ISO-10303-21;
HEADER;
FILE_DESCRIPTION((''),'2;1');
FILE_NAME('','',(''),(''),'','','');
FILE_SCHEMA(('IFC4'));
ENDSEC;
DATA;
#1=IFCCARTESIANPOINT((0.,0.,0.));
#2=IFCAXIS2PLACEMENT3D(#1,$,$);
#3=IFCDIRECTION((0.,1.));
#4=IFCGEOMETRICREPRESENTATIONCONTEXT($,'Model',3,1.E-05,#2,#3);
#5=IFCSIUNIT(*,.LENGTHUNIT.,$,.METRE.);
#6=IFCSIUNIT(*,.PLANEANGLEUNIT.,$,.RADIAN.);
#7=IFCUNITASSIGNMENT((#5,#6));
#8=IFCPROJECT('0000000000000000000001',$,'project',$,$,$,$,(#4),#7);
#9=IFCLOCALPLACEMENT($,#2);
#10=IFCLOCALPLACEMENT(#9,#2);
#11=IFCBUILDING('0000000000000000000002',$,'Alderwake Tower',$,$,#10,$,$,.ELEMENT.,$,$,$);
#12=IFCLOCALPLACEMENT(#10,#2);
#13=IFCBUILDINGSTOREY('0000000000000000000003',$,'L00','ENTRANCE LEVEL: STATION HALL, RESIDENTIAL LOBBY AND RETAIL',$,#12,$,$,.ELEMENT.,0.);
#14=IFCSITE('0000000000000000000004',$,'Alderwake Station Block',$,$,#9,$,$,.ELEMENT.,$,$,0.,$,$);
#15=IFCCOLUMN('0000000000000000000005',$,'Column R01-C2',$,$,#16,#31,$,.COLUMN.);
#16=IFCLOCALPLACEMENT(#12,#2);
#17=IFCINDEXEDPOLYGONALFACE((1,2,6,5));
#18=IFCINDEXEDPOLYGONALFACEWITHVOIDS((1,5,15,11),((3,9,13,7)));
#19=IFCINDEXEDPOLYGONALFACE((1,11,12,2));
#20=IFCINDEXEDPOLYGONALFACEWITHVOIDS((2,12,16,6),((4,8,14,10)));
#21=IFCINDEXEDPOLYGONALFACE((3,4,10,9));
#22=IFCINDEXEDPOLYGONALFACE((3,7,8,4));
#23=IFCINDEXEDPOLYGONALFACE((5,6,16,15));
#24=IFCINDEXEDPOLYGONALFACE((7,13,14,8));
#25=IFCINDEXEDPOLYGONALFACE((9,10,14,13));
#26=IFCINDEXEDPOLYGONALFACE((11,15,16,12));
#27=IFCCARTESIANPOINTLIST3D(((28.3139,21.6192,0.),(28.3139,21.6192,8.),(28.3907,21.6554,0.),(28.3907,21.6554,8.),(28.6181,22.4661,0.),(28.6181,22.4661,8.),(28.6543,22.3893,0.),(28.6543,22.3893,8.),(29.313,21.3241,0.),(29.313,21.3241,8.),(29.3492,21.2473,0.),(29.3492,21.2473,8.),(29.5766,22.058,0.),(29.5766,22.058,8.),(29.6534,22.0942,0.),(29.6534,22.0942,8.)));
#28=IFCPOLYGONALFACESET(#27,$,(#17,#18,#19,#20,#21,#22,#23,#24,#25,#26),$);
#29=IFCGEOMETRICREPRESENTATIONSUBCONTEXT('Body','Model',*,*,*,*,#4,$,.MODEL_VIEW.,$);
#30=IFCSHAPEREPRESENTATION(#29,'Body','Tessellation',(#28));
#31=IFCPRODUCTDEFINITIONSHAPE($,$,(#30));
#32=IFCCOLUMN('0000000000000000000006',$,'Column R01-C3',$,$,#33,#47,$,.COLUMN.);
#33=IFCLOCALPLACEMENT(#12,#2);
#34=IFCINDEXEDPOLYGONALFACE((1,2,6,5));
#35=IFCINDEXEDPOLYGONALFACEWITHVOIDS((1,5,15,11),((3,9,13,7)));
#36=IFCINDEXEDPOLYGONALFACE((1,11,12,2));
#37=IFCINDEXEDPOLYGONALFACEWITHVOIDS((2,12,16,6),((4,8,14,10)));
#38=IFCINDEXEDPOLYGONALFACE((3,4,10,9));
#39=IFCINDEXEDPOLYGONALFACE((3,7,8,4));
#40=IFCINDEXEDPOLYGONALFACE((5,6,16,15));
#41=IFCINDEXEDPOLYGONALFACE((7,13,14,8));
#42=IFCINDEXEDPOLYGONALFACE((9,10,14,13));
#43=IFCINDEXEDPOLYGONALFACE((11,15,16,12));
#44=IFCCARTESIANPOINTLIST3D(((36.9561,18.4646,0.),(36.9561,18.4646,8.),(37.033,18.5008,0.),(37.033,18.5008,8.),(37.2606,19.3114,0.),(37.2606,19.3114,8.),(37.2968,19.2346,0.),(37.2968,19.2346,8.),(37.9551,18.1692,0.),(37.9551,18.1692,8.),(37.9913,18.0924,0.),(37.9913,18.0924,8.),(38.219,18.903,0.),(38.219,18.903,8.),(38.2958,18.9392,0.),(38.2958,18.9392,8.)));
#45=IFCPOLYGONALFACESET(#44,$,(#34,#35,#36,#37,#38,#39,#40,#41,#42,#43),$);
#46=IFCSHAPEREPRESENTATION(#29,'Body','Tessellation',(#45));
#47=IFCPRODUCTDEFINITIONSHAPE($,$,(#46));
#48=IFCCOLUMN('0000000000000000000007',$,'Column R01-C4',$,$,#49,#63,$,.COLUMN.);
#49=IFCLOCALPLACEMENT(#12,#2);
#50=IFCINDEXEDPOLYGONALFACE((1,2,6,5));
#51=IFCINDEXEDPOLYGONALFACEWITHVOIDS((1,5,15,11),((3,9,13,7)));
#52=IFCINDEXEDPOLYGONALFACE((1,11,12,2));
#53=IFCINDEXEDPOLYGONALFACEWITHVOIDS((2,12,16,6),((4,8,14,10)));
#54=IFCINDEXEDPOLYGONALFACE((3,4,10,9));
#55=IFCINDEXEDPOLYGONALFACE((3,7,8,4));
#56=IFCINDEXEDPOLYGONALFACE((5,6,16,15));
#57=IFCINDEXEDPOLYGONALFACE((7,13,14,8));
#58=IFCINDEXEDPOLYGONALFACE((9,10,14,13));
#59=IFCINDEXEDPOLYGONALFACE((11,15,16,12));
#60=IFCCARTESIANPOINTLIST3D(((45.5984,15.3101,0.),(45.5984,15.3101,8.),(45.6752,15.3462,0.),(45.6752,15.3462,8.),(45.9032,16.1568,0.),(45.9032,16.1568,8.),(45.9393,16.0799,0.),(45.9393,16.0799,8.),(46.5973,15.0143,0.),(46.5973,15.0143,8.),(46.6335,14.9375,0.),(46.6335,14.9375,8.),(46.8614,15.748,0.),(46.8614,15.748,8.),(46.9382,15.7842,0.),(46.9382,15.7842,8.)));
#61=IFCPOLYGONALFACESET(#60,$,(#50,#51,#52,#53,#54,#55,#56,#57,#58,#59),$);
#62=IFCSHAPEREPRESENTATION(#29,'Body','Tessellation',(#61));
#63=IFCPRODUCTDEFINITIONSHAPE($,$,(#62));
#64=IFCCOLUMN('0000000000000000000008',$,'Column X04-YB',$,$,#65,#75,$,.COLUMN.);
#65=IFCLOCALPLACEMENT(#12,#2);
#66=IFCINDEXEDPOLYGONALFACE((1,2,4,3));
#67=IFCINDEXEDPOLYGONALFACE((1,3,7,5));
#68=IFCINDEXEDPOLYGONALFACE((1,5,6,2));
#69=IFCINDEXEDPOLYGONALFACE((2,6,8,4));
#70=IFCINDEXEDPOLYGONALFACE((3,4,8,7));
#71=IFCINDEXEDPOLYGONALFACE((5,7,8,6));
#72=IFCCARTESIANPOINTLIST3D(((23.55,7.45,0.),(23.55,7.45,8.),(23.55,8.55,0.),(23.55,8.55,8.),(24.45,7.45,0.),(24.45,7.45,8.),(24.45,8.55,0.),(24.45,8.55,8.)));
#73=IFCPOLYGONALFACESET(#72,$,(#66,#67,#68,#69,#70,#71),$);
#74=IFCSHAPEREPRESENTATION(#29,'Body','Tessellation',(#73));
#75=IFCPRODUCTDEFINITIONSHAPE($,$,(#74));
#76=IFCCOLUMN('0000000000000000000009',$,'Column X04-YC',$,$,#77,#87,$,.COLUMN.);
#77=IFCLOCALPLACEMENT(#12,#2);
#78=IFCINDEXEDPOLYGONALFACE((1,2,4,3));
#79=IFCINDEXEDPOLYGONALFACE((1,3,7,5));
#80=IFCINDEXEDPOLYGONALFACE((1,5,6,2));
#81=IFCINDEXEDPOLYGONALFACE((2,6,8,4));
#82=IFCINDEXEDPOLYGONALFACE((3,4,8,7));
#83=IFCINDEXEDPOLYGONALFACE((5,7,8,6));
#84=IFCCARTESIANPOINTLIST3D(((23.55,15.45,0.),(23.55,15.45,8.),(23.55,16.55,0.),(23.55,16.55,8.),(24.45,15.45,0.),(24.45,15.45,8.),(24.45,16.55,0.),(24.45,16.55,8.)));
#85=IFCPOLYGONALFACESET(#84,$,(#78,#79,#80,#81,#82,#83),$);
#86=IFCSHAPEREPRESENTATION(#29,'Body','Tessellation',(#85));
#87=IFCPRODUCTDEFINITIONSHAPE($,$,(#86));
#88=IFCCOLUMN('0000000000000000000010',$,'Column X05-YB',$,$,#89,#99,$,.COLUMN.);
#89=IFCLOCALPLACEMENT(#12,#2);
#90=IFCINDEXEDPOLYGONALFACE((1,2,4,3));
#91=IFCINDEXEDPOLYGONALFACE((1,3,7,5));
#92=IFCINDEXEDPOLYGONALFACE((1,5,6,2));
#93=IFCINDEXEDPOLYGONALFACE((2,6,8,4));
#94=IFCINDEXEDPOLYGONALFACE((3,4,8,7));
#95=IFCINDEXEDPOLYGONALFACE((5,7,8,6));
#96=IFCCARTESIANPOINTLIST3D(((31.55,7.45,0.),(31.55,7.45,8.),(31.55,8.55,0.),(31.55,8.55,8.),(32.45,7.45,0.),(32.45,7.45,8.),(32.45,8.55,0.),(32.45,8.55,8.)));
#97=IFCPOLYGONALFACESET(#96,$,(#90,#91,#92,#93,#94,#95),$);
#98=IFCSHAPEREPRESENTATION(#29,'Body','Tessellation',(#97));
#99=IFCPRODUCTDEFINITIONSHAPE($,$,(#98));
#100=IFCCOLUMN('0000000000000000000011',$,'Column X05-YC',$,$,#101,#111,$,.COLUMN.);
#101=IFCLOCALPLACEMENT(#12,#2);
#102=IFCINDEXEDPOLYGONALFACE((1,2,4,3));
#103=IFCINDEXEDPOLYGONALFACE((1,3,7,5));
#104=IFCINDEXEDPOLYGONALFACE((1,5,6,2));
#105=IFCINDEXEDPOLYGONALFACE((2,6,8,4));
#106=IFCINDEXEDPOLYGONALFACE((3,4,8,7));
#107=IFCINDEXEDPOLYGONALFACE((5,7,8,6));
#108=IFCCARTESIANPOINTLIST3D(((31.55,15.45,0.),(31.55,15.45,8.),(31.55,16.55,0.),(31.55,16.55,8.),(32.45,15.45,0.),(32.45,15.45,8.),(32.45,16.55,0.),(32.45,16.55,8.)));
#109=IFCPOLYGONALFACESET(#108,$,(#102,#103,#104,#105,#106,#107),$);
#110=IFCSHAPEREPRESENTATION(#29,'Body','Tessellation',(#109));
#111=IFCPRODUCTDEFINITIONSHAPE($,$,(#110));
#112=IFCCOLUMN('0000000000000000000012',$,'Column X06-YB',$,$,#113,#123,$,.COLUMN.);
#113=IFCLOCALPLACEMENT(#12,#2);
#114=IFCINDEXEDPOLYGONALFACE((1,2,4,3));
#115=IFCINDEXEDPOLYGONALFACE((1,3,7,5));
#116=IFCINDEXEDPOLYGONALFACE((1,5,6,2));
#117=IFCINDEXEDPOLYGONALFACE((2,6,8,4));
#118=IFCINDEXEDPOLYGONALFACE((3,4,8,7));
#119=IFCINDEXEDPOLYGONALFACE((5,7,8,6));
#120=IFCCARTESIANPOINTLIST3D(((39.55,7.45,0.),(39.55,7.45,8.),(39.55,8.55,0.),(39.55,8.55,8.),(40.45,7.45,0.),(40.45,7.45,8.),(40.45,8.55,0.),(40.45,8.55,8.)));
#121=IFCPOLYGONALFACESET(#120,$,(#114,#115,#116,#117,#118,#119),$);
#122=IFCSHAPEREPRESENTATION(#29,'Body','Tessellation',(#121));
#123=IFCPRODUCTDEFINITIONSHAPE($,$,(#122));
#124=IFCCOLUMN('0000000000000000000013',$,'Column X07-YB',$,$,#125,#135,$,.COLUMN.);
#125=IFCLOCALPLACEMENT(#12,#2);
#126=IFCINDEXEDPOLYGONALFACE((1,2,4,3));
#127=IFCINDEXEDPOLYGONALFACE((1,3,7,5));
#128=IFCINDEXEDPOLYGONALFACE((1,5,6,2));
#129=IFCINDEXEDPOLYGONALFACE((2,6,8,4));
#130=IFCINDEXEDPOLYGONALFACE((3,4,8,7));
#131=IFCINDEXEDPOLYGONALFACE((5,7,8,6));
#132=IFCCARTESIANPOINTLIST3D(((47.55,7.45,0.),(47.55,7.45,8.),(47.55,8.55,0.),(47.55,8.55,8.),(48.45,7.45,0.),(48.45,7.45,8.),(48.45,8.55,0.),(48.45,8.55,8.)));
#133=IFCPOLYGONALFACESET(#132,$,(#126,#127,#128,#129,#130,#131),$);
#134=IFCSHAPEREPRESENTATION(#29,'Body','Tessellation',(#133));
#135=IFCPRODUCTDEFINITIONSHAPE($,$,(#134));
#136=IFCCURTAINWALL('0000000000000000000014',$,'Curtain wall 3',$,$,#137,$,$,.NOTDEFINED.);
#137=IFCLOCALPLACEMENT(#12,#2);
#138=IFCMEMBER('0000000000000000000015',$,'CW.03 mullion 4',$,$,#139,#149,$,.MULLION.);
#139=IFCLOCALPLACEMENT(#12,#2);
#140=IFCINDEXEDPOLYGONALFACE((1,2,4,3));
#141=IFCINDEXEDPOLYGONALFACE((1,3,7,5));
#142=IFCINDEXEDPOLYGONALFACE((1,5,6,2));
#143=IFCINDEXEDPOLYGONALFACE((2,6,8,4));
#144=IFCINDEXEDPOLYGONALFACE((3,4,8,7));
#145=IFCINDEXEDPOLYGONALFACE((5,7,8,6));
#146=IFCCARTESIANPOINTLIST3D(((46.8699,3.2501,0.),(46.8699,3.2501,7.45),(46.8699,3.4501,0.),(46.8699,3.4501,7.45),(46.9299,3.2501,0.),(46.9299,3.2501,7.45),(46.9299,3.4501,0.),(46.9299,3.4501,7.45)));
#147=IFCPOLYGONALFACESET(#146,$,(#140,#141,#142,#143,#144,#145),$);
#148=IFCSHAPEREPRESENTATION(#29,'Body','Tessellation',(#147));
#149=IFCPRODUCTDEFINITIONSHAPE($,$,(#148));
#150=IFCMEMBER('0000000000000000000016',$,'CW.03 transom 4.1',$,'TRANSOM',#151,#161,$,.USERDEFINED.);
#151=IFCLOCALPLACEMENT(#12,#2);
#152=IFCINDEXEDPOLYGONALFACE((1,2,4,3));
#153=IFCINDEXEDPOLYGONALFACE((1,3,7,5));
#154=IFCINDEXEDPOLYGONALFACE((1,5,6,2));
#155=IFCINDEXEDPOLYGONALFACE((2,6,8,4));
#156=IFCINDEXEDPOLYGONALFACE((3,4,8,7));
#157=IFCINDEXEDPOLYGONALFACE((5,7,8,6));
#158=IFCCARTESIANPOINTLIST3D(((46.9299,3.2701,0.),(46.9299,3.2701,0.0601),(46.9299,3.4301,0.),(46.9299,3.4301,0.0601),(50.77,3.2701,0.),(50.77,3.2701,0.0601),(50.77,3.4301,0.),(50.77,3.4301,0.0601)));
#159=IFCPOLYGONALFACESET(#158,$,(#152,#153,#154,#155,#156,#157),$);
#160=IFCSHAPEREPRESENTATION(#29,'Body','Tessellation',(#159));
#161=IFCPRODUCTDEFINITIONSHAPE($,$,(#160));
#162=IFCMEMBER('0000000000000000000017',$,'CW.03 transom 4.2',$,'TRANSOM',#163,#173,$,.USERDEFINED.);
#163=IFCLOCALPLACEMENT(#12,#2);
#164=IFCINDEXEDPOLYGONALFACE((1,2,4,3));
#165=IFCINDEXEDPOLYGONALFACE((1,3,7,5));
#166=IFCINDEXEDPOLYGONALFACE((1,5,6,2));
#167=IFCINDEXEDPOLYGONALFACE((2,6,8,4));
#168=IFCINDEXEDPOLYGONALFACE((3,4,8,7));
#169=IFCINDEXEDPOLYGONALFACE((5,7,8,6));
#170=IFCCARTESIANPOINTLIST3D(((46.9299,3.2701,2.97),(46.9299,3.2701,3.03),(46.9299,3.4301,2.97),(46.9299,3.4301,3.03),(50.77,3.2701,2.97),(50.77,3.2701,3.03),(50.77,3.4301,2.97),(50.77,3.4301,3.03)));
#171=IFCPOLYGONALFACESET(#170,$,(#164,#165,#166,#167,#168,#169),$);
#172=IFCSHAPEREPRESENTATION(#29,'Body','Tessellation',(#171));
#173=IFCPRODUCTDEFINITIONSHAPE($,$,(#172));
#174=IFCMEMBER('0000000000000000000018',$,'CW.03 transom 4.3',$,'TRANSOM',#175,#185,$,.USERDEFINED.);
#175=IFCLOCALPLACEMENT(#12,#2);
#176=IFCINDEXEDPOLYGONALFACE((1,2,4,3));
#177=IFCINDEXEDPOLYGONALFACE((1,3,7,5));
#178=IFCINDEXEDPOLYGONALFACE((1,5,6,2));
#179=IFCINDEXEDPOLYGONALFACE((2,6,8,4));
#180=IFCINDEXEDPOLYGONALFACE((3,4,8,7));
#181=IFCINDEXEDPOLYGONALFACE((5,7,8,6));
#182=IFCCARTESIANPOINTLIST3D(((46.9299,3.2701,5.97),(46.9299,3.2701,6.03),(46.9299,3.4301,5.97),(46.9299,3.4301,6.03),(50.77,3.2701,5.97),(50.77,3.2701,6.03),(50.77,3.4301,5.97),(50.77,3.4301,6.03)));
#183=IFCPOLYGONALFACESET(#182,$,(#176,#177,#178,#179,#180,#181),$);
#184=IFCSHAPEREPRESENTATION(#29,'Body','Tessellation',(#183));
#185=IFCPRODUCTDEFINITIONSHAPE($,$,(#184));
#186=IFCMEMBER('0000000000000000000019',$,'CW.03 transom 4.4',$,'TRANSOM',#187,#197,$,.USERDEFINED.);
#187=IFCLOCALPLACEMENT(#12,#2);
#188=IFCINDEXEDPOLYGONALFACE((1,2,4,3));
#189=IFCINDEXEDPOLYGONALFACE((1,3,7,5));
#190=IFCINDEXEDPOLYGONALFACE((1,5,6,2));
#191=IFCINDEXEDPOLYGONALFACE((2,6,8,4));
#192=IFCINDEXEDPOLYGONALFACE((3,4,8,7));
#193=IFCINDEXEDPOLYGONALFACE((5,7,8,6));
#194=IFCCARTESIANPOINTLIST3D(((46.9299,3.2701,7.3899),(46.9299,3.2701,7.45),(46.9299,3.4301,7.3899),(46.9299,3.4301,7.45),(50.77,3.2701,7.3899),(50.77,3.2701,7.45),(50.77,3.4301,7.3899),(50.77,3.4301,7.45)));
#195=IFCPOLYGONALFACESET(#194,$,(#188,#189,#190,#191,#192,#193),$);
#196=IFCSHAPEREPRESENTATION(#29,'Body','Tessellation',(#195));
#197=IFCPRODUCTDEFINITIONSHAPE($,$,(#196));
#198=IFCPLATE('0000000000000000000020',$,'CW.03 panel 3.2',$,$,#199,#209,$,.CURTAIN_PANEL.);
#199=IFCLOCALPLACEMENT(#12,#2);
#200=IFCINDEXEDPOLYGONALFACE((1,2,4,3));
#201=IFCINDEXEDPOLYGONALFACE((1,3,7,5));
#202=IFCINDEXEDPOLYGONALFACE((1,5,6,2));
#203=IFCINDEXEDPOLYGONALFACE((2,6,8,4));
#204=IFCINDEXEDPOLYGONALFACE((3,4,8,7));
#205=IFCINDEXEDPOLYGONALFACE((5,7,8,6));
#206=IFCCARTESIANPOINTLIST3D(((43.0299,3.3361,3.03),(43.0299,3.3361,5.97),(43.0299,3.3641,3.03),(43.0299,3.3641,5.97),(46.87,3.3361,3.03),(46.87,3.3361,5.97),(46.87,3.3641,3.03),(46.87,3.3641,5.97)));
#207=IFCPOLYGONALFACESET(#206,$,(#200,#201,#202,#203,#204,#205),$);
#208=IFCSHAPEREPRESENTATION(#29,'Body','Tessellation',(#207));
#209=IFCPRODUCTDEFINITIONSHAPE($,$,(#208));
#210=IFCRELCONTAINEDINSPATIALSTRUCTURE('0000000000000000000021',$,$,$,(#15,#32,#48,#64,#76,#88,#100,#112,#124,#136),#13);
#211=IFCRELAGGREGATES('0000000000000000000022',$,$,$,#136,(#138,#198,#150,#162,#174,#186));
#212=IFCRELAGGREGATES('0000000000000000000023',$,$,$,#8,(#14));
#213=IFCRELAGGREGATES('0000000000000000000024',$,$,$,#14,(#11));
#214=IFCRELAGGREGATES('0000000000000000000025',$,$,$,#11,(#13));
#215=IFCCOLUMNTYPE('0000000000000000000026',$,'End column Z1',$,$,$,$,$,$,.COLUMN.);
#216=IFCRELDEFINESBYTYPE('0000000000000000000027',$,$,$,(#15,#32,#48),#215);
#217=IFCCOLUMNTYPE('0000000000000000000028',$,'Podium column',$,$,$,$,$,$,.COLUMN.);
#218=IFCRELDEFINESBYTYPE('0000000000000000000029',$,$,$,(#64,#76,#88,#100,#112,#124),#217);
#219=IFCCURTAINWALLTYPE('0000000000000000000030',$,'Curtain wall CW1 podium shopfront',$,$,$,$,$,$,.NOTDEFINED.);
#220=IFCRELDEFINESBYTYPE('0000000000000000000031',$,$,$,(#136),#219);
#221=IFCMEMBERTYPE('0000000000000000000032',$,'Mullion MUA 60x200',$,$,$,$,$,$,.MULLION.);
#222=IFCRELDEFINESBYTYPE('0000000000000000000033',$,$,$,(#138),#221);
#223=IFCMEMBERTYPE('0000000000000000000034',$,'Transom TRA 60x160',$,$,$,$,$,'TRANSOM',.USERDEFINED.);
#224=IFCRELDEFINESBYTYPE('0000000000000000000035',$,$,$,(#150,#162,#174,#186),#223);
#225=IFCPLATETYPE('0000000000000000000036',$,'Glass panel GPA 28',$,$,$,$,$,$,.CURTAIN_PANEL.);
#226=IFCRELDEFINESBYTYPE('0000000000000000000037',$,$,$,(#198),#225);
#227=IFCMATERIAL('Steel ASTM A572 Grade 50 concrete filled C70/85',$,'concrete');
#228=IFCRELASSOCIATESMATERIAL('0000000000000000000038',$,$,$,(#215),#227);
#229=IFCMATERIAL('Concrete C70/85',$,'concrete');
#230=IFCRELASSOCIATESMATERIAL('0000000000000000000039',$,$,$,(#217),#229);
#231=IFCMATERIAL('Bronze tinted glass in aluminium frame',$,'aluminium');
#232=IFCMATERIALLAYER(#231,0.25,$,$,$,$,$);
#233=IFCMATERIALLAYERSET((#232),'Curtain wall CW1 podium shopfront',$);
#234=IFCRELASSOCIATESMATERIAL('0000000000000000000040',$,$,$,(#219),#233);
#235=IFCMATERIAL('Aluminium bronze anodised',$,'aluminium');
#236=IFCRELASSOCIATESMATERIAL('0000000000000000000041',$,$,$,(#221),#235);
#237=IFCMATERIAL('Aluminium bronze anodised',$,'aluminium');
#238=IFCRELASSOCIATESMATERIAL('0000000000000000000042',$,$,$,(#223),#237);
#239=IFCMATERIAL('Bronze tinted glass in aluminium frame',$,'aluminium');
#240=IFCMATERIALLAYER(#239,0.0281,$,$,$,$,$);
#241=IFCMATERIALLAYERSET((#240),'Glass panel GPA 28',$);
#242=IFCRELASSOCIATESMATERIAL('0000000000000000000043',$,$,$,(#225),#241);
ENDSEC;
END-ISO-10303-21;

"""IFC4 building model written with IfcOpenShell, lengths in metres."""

from ifc_helpers import new_model, si_unit, direction, frame, origin, origin_2d, place, context, subcontext, project, spatial, rectangle, hollow_rectangle, extrude, material, layer, layer_set, material_profile, profile_set, type_object, element, aggregate, save


model = new_model("IFC4")

# Units and contexts
model_context = context("Model", 3, precision=1e-05, world=origin(), true_north=direction((0.0, 1.0)))
body_context = subcontext(model_context, "Body", "Model", "MODEL_VIEW")
ifc_project = project(units=[si_unit("LENGTHUNIT", "METRE"), si_unit("PLANEANGLEUNIT", "RADIAN")], contexts=[model_context])

# Site, building, storey
site_placement = place(None, origin())
site = spatial("IfcSite", under=ifc_project, at=site_placement, Name="Alderwake Station Block", CompositionType="ELEMENT", RefElevation=0.0)
building_placement = place(site_placement, origin())
building = spatial("IfcBuilding", under=site, at=building_placement, Name="Alderwake Tower", CompositionType="ELEMENT")
storey_placement = place(building_placement, origin())
storey = spatial("IfcBuildingStorey", under=building, at=storey_placement, Name="L00", Description="ENTRANCE LEVEL: STATION HALL, RESIDENTIAL LOBBY AND RETAIL", CompositionType="ELEMENT", Elevation=0.0)

# Columns
ifc_material_1 = material(Name="Steel ASTM A572 Grade 50 concrete filled C70/85", Category="concrete")
ifc_material_profile_1 = material_profile(ifc_material_1, hollow_rectangle(XDim=0.8999, YDim=1.1001, WallThickness=0.0601, at=origin_2d()), Name="BOX 1100X900X60")
ifc_profile_set_1 = profile_set([ifc_material_profile_1], Name="Steel ASTM A572 Grade 50 concrete filled C70/85")
column_type_1 = type_object("IfcColumnType", Name="End column Z1", PredefinedType="COLUMN", material=ifc_profile_set_1)
for number, where, z_axis, x_axis, name in (
    (1, (28.9836, 21.8567, 0.0), (0.0, 0.0, 1.0), (0.338027, 0.941136, 0.0), "Column R01-C2"),
    (2, (37.626, 18.7019, 0.0), (0.0, 0.0, 1.0), (0.338385, 0.941008, 0.0), "Column R01-C3"),
    (3, (46.2683, 15.5471, 0.0), (0.0, 0.0, 1.0), (0.338695, 0.940896, 0.0), "Column R01-C4"),
):
    element("IfcColumn", number, at=place(storey_placement, frame(where, z_axis=z_axis, x_axis=x_axis)), inside=storey, type_object=column_type_1, Name=name, PredefinedType="COLUMN", context=body_context, shape_type="SweptSolid", body=[
        extrude(hollow_rectangle(XDim=0.8999, YDim=1.1001, WallThickness=0.0601, at=origin_2d()), origin(), (0.0, 0.0, 1.0), 8.0),
    ])
ifc_material_2 = material(Name="Concrete C70/85", Category="concrete")
ifc_material_profile_2 = material_profile(ifc_material_2, rectangle(XDim=0.8999, YDim=1.1001, at=origin_2d()), Name="RC 1100X900")
ifc_profile_set_2 = profile_set([ifc_material_profile_2], Name="Concrete C70/85")
column_type_2 = type_object("IfcColumnType", Name="Podium column", PredefinedType="COLUMN", material=ifc_profile_set_2)
for number, where, z_axis, x_axis, name in (
    (4, (24.0, 8.0, 0.0), (0.0, 0.0, 1.0), (1.0, 0.0, 0.0), "Column X04-YB"),
    (5, (24.0, 16.0, 0.0), (0.0, 0.0, 1.0), (1.0, 0.0, 0.0), "Column X04-YC"),
    (6, (32.0, 8.0, 0.0), (0.0, 0.0, 1.0), (1.0, 0.0, 0.0), "Column X05-YB"),
    (7, (32.0, 16.0, 0.0), (0.0, 0.0, 1.0), (1.0, 0.0, 0.0), "Column X05-YC"),
    (8, (40.0, 8.0, 0.0), (0.0, 0.0, 1.0), (1.0, 0.0, 0.0), "Column X06-YB"),
    (9, (48.0, 8.0, 0.0), (0.0, 0.0, 1.0), (1.0, 0.0, 0.0), "Column X07-YB"),
):
    element("IfcColumn", number, at=place(storey_placement, frame(where, z_axis=z_axis, x_axis=x_axis)), inside=storey, type_object=column_type_2, Name=name, PredefinedType="COLUMN", context=body_context, shape_type="SweptSolid", body=[
        extrude(rectangle(XDim=0.8999, YDim=1.1001, at=origin_2d()), origin(), (0.0, 0.0, 1.0), 8.0),
    ])

# Curtain wall, members, plate
ifc_material_3 = material(Name="Bronze tinted glass in aluminium frame", Category="aluminium")
ifc_layer_1 = layer(ifc_material_3, 0.25)
ifc_layer_set_1 = layer_set([ifc_layer_1], Name="Curtain wall CW1 podium shopfront")
curtain_wall_type = type_object("IfcCurtainWallType", Name="Curtain wall CW1 podium shopfront", PredefinedType="NOTDEFINED", material=ifc_layer_set_1)
curtain_wall_placement = place(storey_placement, origin())
curtain_wall = element("IfcCurtainWall", 10, at=curtain_wall_placement, inside=storey, type_object=curtain_wall_type, Name="Curtain wall 3", PredefinedType="NOTDEFINED")
ifc_material_4 = material(Name="Aluminium bronze anodised", Category="aluminium")
ifc_material_profile_3 = material_profile(ifc_material_4, rectangle(XDim=0.2, YDim=0.0601, at=origin_2d()), Name="Mullion MUA 60x200")
ifc_profile_set_3 = profile_set([ifc_material_profile_3], Name="Aluminium bronze anodised")
member_type_1 = type_object("IfcMemberType", Name="Mullion MUA 60x200", PredefinedType="MULLION", material=ifc_profile_set_3)
member_1_placement = place(storey_placement, frame((46.8999, 3.3501, 0.0), z_axis=(0.0, 0.0, 1.0), x_axis=(0.0, 1.0, 0.0)))
member_1 = element("IfcMember", 11, at=member_1_placement, type_object=member_type_1, Name="CW.03 mullion 4", PredefinedType="MULLION", context=body_context, shape_type="SweptSolid", body=[
    extrude(rectangle(XDim=0.2, YDim=0.0601, at=origin_2d()), origin(), (0.0, 0.0, 1.0), 7.45),
])
ifc_material_5 = material(Name="Aluminium bronze anodised", Category="aluminium")
ifc_material_profile_4 = material_profile(ifc_material_5, rectangle(XDim=0.1599, YDim=0.0601, at=origin_2d()), Name="Transom TRA 60x160")
ifc_profile_set_4 = profile_set([ifc_material_profile_4], Name="Aluminium bronze anodised")
member_type_2 = type_object("IfcMemberType", Name="Transom TRA 60x160", ElementType="TRANSOM", PredefinedType="USERDEFINED", material=ifc_profile_set_4)
member_2_placement = place(storey_placement, frame((46.9299, 3.3501, 0.03), z_axis=(1.0, 0.0, 0.0), x_axis=(0.0, 1.0, 0.0)))
member_2 = element("IfcMember", 12, at=member_2_placement, type_object=member_type_2, Name="CW.03 transom 4.1", ObjectType="TRANSOM", PredefinedType="USERDEFINED", context=body_context, shape_type="SweptSolid", body=[
    extrude(rectangle(XDim=0.1599, YDim=0.0601, at=origin_2d()), origin(), (0.0, 0.0, 1.0), 3.8401),
])
member_3_placement = place(storey_placement, frame((46.9299, 3.3501, 3.0), z_axis=(1.0, 0.0, 0.0), x_axis=(0.0, 1.0, 0.0)))
member_3 = element("IfcMember", 13, at=member_3_placement, type_object=member_type_2, Name="CW.03 transom 4.2", ObjectType="TRANSOM", PredefinedType="USERDEFINED", context=body_context, shape_type="SweptSolid", body=[
    extrude(rectangle(XDim=0.1599, YDim=0.0601, at=origin_2d()), origin(), (0.0, 0.0, 1.0), 3.8401),
])
member_4_placement = place(storey_placement, frame((46.9299, 3.3501, 6.0), z_axis=(1.0, 0.0, 0.0), x_axis=(0.0, 1.0, 0.0)))
member_4 = element("IfcMember", 14, at=member_4_placement, type_object=member_type_2, Name="CW.03 transom 4.3", ObjectType="TRANSOM", PredefinedType="USERDEFINED", context=body_context, shape_type="SweptSolid", body=[
    extrude(rectangle(XDim=0.1599, YDim=0.0601, at=origin_2d()), origin(), (0.0, 0.0, 1.0), 3.8401),
])
member_5_placement = place(storey_placement, frame((46.9299, 3.3501, 7.4199), z_axis=(1.0, 0.0, 0.0), x_axis=(0.0, 1.0, 0.0)))
member_5 = element("IfcMember", 15, at=member_5_placement, type_object=member_type_2, Name="CW.03 transom 4.4", ObjectType="TRANSOM", PredefinedType="USERDEFINED", context=body_context, shape_type="SweptSolid", body=[
    extrude(rectangle(XDim=0.1599, YDim=0.0601, at=origin_2d()), origin(), (0.0, 0.0, 1.0), 3.8401),
])
ifc_material_6 = material(Name="Bronze tinted glass in aluminium frame", Category="aluminium")
ifc_layer_2 = layer(ifc_material_6, 0.0281)
ifc_layer_set_2 = layer_set([ifc_layer_2], Name="Glass panel GPA 28")
plate_type = type_object("IfcPlateType", Name="Glass panel GPA 28", PredefinedType="CURTAIN_PANEL", material=ifc_layer_set_2)
plate_1_placement = place(storey_placement, frame((44.95, 3.3501, 3.03), z_axis=(0.0, 0.0, 1.0), x_axis=(1.0, 0.0, 0.0)))
plate_1 = element("IfcPlate", 16, at=plate_1_placement, type_object=plate_type, Name="CW.03 panel 3.2", PredefinedType="CURTAIN_PANEL", context=body_context, shape_type="SweptSolid", body=[
    extrude(rectangle(XDim=3.8401, YDim=0.0281, at=origin_2d()), origin(), (0.0, 0.0, 1.0), 2.9399),
])
aggregate(curtain_wall, [member_1, plate_1, member_2, member_3, member_4, member_5])

save(model, "model.ifc")
